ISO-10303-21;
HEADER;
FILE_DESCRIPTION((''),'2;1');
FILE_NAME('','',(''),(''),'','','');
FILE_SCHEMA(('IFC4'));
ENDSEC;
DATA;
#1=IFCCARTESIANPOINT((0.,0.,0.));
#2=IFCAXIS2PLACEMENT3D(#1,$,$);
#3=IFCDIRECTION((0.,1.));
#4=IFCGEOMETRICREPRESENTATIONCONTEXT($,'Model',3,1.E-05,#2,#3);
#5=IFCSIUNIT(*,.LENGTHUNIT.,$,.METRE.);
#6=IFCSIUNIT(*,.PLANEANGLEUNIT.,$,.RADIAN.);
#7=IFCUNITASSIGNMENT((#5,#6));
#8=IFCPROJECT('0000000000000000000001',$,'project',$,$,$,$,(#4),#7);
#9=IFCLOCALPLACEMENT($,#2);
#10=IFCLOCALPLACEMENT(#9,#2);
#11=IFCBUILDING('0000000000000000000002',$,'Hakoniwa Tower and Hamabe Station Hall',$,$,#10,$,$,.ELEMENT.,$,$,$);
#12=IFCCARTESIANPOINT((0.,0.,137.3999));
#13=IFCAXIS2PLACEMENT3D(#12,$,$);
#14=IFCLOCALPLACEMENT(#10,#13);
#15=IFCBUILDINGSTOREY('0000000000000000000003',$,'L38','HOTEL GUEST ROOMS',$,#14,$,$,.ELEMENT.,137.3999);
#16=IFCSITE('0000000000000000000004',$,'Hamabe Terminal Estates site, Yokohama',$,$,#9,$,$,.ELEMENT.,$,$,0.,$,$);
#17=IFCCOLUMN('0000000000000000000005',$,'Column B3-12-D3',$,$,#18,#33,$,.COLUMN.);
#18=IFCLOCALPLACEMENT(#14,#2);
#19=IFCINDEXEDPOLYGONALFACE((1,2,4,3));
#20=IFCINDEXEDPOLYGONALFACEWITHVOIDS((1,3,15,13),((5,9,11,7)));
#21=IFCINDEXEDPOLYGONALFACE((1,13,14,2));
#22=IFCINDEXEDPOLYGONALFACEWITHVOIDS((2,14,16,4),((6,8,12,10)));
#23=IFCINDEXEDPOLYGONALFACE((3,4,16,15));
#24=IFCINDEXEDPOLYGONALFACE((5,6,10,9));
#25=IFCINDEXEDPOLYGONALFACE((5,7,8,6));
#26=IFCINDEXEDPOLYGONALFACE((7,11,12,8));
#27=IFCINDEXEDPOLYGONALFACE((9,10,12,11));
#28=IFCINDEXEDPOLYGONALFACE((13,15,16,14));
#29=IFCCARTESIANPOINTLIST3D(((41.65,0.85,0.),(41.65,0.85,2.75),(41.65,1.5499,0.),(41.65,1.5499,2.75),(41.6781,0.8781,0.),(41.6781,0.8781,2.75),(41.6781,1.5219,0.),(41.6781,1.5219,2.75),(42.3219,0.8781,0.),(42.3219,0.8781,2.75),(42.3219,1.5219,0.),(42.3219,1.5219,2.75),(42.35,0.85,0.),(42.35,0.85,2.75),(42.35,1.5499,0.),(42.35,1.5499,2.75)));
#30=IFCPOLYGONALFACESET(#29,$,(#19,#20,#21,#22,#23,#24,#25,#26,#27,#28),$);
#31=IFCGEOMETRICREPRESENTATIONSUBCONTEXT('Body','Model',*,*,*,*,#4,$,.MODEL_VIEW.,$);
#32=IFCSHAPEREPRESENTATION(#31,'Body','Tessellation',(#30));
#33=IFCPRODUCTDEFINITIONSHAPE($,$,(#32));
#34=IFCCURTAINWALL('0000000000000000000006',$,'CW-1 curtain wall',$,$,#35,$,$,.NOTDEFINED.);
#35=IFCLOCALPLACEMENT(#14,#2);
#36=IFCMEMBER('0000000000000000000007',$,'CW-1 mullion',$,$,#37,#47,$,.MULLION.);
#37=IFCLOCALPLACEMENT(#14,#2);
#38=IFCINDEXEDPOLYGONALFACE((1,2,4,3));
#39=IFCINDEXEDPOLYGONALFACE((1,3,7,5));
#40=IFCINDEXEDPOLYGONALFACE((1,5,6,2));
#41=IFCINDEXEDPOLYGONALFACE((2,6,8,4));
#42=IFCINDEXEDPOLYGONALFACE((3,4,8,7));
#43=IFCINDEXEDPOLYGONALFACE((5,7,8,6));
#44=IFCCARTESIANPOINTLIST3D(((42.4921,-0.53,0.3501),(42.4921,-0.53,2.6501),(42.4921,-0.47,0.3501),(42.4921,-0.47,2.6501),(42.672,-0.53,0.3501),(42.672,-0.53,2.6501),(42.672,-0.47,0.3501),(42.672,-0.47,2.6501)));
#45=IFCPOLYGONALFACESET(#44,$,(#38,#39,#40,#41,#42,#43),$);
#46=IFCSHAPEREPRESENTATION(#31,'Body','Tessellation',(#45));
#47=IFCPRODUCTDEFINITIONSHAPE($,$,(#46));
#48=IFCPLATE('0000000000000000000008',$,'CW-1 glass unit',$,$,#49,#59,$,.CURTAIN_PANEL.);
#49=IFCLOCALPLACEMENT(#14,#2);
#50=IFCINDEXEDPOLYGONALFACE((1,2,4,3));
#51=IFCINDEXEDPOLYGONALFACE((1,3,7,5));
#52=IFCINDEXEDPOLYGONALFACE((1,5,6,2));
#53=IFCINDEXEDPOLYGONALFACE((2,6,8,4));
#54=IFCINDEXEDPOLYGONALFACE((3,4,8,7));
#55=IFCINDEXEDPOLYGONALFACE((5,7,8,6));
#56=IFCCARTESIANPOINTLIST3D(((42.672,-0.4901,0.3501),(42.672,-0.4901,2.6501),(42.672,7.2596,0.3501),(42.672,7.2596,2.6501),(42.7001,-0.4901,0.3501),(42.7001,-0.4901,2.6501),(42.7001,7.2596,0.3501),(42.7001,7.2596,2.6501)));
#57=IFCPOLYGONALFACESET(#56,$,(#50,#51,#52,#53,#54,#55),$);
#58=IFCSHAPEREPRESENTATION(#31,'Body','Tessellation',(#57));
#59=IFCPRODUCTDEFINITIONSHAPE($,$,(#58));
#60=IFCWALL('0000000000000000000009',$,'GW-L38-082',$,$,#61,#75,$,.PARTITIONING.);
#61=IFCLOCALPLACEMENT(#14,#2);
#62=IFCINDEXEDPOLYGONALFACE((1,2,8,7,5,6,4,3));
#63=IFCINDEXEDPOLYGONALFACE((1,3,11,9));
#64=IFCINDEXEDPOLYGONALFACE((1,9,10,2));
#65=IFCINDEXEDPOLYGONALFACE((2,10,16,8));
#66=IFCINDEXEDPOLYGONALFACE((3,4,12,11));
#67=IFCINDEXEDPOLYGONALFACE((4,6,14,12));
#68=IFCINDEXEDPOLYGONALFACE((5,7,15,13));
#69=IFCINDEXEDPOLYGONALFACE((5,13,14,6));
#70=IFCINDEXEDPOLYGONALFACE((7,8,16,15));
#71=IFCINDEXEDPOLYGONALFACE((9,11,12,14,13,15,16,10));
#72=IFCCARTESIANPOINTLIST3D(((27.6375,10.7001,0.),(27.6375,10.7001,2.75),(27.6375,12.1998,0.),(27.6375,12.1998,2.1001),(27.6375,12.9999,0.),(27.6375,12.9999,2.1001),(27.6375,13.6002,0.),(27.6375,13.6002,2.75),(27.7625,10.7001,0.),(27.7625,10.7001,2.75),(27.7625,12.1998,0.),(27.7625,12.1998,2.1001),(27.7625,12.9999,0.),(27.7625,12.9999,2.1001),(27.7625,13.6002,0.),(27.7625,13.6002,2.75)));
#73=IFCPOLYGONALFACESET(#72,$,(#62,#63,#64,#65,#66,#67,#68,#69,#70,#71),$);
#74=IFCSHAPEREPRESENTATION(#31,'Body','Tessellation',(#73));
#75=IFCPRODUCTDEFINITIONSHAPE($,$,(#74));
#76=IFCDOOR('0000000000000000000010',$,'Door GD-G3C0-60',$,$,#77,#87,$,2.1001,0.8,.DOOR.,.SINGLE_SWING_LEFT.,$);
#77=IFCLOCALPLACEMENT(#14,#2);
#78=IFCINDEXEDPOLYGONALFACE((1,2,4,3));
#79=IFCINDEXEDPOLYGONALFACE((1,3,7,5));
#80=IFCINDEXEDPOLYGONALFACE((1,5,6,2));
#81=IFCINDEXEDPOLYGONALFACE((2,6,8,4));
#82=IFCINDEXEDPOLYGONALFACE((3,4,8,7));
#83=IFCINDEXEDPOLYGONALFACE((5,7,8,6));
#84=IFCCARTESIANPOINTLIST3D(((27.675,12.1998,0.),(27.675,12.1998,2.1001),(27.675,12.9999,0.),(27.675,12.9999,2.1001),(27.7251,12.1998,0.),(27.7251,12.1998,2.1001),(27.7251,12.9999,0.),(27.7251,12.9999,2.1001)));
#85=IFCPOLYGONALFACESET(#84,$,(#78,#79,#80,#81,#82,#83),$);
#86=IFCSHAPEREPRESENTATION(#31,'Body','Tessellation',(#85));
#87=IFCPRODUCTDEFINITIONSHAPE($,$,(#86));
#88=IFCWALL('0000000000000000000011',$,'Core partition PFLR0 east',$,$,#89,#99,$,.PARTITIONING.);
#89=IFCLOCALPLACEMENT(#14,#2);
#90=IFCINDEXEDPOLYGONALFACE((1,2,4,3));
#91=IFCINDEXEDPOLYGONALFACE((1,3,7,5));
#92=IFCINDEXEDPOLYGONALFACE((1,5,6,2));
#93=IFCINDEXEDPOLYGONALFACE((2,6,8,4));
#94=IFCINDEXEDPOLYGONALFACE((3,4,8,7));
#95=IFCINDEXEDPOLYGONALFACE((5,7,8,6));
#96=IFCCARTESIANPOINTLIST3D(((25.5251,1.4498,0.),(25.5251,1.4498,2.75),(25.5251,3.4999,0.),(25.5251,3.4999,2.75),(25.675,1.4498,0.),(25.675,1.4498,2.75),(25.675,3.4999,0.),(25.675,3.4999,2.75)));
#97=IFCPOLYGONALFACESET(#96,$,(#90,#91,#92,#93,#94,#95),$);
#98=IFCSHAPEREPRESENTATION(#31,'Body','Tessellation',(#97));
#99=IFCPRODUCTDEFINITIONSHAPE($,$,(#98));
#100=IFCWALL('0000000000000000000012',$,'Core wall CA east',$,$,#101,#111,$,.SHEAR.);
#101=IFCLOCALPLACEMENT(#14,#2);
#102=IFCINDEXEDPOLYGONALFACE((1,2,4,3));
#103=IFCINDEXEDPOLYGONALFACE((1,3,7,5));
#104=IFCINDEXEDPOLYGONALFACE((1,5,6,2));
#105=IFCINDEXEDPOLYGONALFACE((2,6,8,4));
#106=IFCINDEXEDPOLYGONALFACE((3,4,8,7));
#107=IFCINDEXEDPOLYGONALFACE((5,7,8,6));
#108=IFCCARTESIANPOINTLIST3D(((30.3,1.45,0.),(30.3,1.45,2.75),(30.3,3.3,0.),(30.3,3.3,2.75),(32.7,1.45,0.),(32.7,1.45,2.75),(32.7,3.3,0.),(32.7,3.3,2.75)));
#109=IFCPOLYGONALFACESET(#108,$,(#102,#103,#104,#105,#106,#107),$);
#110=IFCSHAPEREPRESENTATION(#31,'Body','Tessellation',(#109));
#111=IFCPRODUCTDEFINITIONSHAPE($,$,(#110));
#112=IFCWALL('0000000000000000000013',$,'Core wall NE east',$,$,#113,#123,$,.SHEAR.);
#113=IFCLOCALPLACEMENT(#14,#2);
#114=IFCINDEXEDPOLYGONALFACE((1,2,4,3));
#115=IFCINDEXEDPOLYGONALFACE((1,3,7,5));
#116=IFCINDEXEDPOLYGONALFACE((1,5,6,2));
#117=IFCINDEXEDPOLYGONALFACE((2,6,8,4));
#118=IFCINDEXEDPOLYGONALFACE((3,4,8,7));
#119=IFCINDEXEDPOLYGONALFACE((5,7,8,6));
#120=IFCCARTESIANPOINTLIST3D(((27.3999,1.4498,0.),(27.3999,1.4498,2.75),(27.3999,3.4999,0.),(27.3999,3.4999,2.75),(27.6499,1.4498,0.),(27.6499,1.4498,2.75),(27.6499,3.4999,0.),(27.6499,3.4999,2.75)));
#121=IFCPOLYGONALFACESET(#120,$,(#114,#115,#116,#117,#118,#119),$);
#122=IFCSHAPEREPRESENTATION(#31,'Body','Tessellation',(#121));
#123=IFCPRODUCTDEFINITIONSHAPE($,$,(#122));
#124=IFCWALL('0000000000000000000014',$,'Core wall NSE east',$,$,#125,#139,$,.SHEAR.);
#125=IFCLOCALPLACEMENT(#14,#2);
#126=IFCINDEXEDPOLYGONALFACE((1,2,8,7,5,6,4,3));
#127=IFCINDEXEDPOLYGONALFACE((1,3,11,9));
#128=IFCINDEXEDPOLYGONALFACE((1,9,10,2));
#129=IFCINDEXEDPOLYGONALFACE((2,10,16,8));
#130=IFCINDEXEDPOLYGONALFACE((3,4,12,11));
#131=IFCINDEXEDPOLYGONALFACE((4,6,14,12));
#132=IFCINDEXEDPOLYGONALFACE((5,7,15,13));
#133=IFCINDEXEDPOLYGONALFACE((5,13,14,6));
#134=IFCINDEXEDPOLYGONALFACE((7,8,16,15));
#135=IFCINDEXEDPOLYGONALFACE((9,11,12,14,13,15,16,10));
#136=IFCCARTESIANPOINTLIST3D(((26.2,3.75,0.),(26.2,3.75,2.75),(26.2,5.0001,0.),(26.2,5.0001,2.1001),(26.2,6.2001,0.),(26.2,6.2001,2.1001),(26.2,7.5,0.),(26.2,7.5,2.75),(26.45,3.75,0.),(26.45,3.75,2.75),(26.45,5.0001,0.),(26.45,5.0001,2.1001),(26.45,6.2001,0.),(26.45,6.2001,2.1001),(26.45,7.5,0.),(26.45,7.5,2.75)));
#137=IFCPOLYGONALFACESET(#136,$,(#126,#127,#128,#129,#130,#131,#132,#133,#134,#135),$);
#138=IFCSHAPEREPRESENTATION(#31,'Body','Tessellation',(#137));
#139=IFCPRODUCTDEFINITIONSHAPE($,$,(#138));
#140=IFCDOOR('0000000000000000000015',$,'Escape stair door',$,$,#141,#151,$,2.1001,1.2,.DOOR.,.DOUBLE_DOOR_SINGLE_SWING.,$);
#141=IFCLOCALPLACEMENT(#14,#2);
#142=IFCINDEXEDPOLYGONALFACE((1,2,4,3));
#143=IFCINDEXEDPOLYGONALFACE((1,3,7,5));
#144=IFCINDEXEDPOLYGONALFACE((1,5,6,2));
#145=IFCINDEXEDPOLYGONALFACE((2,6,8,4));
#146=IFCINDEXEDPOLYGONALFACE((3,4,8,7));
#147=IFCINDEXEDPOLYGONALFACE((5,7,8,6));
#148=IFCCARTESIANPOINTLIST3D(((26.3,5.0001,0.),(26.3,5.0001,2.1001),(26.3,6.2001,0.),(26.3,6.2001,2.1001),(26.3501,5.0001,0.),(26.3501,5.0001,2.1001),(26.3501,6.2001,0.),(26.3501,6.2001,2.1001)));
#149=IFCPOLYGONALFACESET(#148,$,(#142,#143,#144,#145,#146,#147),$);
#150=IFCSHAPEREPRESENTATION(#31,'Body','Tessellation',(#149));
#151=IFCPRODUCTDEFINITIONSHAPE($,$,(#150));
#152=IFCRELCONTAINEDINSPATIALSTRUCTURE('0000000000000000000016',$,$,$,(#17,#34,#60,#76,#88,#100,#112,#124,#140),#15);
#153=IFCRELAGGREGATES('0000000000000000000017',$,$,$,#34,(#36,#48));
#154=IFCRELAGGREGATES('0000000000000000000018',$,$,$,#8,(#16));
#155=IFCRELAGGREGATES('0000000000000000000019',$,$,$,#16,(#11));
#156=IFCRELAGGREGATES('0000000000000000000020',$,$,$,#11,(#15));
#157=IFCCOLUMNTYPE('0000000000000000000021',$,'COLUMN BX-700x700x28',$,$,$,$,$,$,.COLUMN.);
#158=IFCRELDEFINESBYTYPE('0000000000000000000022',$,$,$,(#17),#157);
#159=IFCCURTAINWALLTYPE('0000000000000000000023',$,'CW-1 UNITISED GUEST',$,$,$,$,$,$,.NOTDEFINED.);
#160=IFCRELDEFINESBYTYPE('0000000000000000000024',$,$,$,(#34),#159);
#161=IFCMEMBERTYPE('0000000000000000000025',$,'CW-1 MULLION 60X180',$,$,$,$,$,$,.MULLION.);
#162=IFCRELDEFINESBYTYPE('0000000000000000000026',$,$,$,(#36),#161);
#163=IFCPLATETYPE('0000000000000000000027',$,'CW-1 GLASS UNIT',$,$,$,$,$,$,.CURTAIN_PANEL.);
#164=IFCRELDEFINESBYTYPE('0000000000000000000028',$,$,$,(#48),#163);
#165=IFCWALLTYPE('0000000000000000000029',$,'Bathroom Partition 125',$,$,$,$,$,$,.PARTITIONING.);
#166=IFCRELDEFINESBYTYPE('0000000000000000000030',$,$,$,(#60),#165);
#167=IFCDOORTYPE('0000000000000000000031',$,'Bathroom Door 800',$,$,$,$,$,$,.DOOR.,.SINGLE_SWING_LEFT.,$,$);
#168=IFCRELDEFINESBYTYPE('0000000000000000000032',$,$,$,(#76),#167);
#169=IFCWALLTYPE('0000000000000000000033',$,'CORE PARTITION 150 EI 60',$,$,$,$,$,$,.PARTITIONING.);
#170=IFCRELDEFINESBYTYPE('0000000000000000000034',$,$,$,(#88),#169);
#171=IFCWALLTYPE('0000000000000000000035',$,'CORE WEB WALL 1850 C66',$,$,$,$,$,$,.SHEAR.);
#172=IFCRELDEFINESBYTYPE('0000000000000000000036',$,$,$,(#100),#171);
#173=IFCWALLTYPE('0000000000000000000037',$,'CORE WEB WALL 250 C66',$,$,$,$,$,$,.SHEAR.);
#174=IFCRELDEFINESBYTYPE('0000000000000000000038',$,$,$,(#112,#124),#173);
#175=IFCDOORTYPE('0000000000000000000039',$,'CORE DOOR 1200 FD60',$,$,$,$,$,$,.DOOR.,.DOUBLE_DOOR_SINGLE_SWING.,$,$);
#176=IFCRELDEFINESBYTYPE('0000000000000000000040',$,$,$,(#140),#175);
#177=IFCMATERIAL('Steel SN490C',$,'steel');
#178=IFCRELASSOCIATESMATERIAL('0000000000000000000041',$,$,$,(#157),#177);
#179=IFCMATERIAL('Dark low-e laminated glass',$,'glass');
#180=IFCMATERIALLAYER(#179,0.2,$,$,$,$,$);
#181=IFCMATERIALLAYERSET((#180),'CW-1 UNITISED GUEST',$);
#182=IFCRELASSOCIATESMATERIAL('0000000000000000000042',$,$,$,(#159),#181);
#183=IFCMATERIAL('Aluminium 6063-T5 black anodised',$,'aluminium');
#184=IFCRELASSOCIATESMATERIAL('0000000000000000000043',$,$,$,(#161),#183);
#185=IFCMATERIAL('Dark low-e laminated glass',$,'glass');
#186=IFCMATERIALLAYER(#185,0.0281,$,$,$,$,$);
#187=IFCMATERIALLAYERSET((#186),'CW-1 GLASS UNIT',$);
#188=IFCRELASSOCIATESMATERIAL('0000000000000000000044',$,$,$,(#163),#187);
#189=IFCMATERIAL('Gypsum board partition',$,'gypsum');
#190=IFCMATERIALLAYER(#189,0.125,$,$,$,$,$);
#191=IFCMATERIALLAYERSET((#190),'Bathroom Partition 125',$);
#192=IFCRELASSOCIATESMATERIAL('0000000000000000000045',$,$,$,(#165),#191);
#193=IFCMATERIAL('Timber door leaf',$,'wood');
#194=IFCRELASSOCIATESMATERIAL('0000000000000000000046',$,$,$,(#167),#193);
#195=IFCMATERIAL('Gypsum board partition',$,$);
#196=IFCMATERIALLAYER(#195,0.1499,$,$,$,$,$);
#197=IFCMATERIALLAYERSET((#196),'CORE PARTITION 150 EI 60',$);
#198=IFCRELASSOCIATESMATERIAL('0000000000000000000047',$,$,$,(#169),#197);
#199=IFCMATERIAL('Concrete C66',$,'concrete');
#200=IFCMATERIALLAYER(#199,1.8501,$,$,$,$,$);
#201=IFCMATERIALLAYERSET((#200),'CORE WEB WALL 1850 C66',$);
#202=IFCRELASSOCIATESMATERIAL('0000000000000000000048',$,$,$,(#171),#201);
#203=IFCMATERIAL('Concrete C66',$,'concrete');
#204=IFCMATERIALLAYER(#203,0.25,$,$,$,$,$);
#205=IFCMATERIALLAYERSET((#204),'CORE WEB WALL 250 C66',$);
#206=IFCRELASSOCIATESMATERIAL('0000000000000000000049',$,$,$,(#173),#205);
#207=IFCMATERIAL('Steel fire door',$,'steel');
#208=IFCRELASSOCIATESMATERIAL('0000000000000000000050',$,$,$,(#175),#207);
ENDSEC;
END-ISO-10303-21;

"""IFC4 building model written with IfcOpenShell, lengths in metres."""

from ifc_helpers import new_model, si_unit, direction, frame, frame_2d, origin, origin_2d, place, context, subcontext, project, spatial, rectangle, hollow_rectangle, extrude, material, layer, layer_set, material_profile, profile_set, type_object, element, fill, aggregate, save


model = new_model("IFC4")

# Units and contexts
model_context = context("Model", 3, precision=1e-05, world=origin(), true_north=direction((0.0, 1.0)))
body_context = subcontext(model_context, "Body", "Model", "MODEL_VIEW")
ifc_project = project(units=[si_unit("LENGTHUNIT", "METRE"), si_unit("PLANEANGLEUNIT", "RADIAN")], contexts=[model_context])

# Site, building, storey
site_placement = place(None, origin())
site = spatial("IfcSite", under=ifc_project, at=site_placement, Name="Hamabe Terminal Estates site, Yokohama", CompositionType="ELEMENT", RefElevation=0.0)
building_placement = place(site_placement, origin())
building = spatial("IfcBuilding", under=site, at=building_placement, Name="Hakoniwa Tower and Hamabe Station Hall", CompositionType="ELEMENT")
storey_placement = place(building_placement, frame((0.0, 0.0, 137.3999)))
storey = spatial("IfcBuildingStorey", under=building, at=storey_placement, Name="L38", Description="HOTEL GUEST ROOMS", CompositionType="ELEMENT", Elevation=137.3999)

# Column
ifc_material_1 = material(Name="Steel SN490C", Category="steel")
ifc_material_profile_1 = material_profile(ifc_material_1, hollow_rectangle(XDim=0.7, YDim=0.7, WallThickness=0.0281, at=origin_2d()), Name="BX-700x700x28")
ifc_profile_set_1 = profile_set([ifc_material_profile_1], Name="Steel SN490C")
column_type = type_object("IfcColumnType", Name="COLUMN BX-700x700x28", PredefinedType="COLUMN", material=ifc_profile_set_1)
column_placement = place(storey_placement, frame((42.0, 1.2, 0.0), z_axis=(0.0, 0.0, 1.0), x_axis=(1.0, 0.0, 0.0)))
element("IfcColumn", 1, at=column_placement, inside=storey, type_object=column_type, Name="Column B3-12-D3", PredefinedType="COLUMN", context=body_context, shape_type="SweptSolid", body=[
    extrude(hollow_rectangle(XDim=0.7, YDim=0.7, WallThickness=0.0281, at=origin_2d()), origin(), (0.0, 0.0, 1.0), 2.75),
])

# Curtain wall, member, plate
ifc_material_2 = material(Name="Dark low-e laminated glass", Category="glass")
ifc_layer_1 = layer(ifc_material_2, 0.2)
ifc_layer_set_1 = layer_set([ifc_layer_1], Name="CW-1 UNITISED GUEST")
curtain_wall_type = type_object("IfcCurtainWallType", Name="CW-1 UNITISED GUEST", PredefinedType="NOTDEFINED", material=ifc_layer_set_1)
curtain_wall_placement = place(storey_placement, origin())
curtain_wall = element("IfcCurtainWall", 2, at=curtain_wall_placement, inside=storey, type_object=curtain_wall_type, Name="CW-1 curtain wall", PredefinedType="NOTDEFINED")
ifc_material_3 = material(Name="Aluminium 6063-T5 black anodised", Category="aluminium")
ifc_material_profile_2 = material_profile(ifc_material_3, rectangle(XDim=0.0601, YDim=0.1799, at=origin_2d()), Name="CW-1 MULLION 60X180")
ifc_profile_set_2 = profile_set([ifc_material_profile_2], Name="Aluminium 6063-T5 black anodised")
member_type = type_object("IfcMemberType", Name="CW-1 MULLION 60X180", PredefinedType="MULLION", material=ifc_profile_set_2)
member_placement = place(storey_placement, frame((42.582, -0.5, 0.3501), z_axis=(0.0, 0.0, 1.0), x_axis=(0.0, 1.0, 0.0)))
member = element("IfcMember", 3, at=member_placement, type_object=member_type, Name="CW-1 mullion", PredefinedType="MULLION", context=body_context, shape_type="SweptSolid", body=[
    extrude(rectangle(XDim=0.0601, YDim=0.1799, at=origin_2d()), origin(), (0.0, 0.0, 1.0), 2.3),
])
ifc_material_4 = material(Name="Dark low-e laminated glass", Category="glass")
ifc_layer_2 = layer(ifc_material_4, 0.0281)
ifc_layer_set_2 = layer_set([ifc_layer_2], Name="CW-1 GLASS UNIT")
plate_type = type_object("IfcPlateType", Name="CW-1 GLASS UNIT", PredefinedType="CURTAIN_PANEL", material=ifc_layer_set_2)
plate_placement = place(storey_placement, frame((42.686, 3.3848, 0.3501), z_axis=(0.0, 0.0, 1.0), x_axis=(0.0, 1.0, 0.0)))
plate = element("IfcPlate", 4, at=plate_placement, type_object=plate_type, Name="CW-1 glass unit", PredefinedType="CURTAIN_PANEL", context=body_context, shape_type="SweptSolid", body=[
    extrude(rectangle(XDim=7.7498, YDim=0.0281, at=origin_2d()), origin(), (0.0, 0.0, 1.0), 2.3),
])
aggregate(curtain_wall, [member, plate])

# Wall, opening, door
ifc_material_5 = material(Name="Gypsum board partition", Category="gypsum")
ifc_layer_3 = layer(ifc_material_5, 0.125)
ifc_layer_set_3 = layer_set([ifc_layer_3], Name="Bathroom Partition 125")
wall_type_1 = type_object("IfcWallType", Name="Bathroom Partition 125", PredefinedType="PARTITIONING", material=ifc_layer_set_3)
wall_1_placement = place(storey_placement, frame((27.7, 10.7, 0.0), z_axis=(0.0, 0.0, 1.0), x_axis=(0.0, 1.0, 0.0)))
wall_1 = element("IfcWall", 5, at=wall_1_placement, inside=storey, type_object=wall_type_1, Name="GW-L38-082", PredefinedType="PARTITIONING", context=body_context, shape_type="SweptSolid", body=[
    extrude(rectangle(XDim=2.9001, YDim=0.125, at=frame_2d((1.4502, 0.0))), origin(), (0.0, 0.0, 1.0), 2.75),
])
opening_1_placement = place(wall_1_placement, frame((1.5, 0.0, 0.0)))
opening_1 = element("IfcOpeningElement", 6, at=opening_1_placement, cuts=wall_1, PredefinedType="OPENING", context=body_context, shape_type="SweptSolid", body=[
    extrude(rectangle(XDim=0.8, YDim=2.1001, at=frame_2d((0.3999, 1.05))), frame((0.0, 0.0725, 0.0), z_axis=(0.0, -1.0, 0.0), x_axis=(1.0, 0.0, 0.0)), (0.0, 0.0, 1.0), 0.145),
])
ifc_material_6 = material(Name="Timber door leaf", Category="wood")
door_type_1 = type_object("IfcDoorType", Name="Bathroom Door 800", OperationType="SINGLE_SWING_LEFT", PredefinedType="DOOR", material=ifc_material_6)
door_1_placement = place(opening_1_placement, origin())
door_1 = element("IfcDoor", 7, at=door_1_placement, inside=storey, type_object=door_type_1, Name="Door GD-G3C0-60", OperationType="SINGLE_SWING_LEFT", OverallHeight=2.1001, OverallWidth=0.8, PredefinedType="DOOR", context=body_context, shape_type="SweptSolid", body=[
    extrude(rectangle(XDim=0.8, YDim=2.1001, at=frame_2d((0.3999, 1.05))), frame((0.0, 0.0249, 0.0), z_axis=(0.0, -1.0, 0.0), x_axis=(1.0, 0.0, 0.0)), (0.0, 0.0, 1.0), 0.05),
])
fill(opening_1, door_1)

# Walls
ifc_material_7 = material(Name="Gypsum board partition")
ifc_layer_4 = layer(ifc_material_7, 0.1499)
ifc_layer_set_4 = layer_set([ifc_layer_4], Name="CORE PARTITION 150 EI 60")
wall_type_2 = type_object("IfcWallType", Name="CORE PARTITION 150 EI 60", PredefinedType="PARTITIONING", material=ifc_layer_set_4)
wall_2_placement = place(storey_placement, frame((25.6001, 1.45, 0.0), z_axis=(0.0, 0.0, 1.0), x_axis=(0.0, 1.0, 0.0)))
element("IfcWall", 8, at=wall_2_placement, inside=storey, type_object=wall_type_2, Name="Core partition PFLR0 east", PredefinedType="PARTITIONING", context=body_context, shape_type="SweptSolid", body=[
    extrude(rectangle(XDim=2.05, YDim=0.1499, at=frame_2d((1.0249, 0.0))), origin(), (0.0, 0.0, 1.0), 2.75),
])
ifc_material_8 = material(Name="Concrete C66", Category="concrete")
ifc_layer_5 = layer(ifc_material_8, 1.8501)
ifc_layer_set_5 = layer_set([ifc_layer_5], Name="CORE WEB WALL 1850 C66")
wall_type_3 = type_object("IfcWallType", Name="CORE WEB WALL 1850 C66", PredefinedType="SHEAR", material=ifc_layer_set_5)
wall_3_placement = place(storey_placement, frame((30.3, 2.375, 0.0), z_axis=(0.0, 0.0, 1.0), x_axis=(1.0, 0.0, 0.0)))
element("IfcWall", 9, at=wall_3_placement, inside=storey, type_object=wall_type_3, Name="Core wall CA east", PredefinedType="SHEAR", context=body_context, shape_type="SweptSolid", body=[
    extrude(rectangle(XDim=2.3999, YDim=1.8501, at=frame_2d((1.2, 0.0))), origin(), (0.0, 0.0, 1.0), 2.75),
])
ifc_material_9 = material(Name="Concrete C66", Category="concrete")
ifc_layer_6 = layer(ifc_material_9, 0.25)
ifc_layer_set_6 = layer_set([ifc_layer_6], Name="CORE WEB WALL 250 C66")
wall_type_4 = type_object("IfcWallType", Name="CORE WEB WALL 250 C66", PredefinedType="SHEAR", material=ifc_layer_set_6)
wall_4_placement = place(storey_placement, frame((27.5249, 1.45, 0.0), z_axis=(0.0, 0.0, 1.0), x_axis=(0.0, 1.0, 0.0)))
element("IfcWall", 10, at=wall_4_placement, inside=storey, type_object=wall_type_4, Name="Core wall NE east", PredefinedType="SHEAR", context=body_context, shape_type="SweptSolid", body=[
    extrude(rectangle(XDim=2.05, YDim=0.25, at=frame_2d((1.0249, 0.0))), origin(), (0.0, 0.0, 1.0), 2.75),
])

# Wall, opening, door
wall_5_placement = place(storey_placement, frame((26.325, 3.75, 0.0), z_axis=(0.0, 0.0, 1.0), x_axis=(0.0, 1.0, 0.0)))
wall_5 = element("IfcWall", 11, at=wall_5_placement, inside=storey, type_object=wall_type_4, Name="Core wall NSE east", PredefinedType="SHEAR", context=body_context, shape_type="SweptSolid", body=[
    extrude(rectangle(XDim=3.75, YDim=0.25, at=frame_2d((1.875, 0.0))), origin(), (0.0, 0.0, 1.0), 2.75),
])
opening_2_placement = place(wall_5_placement, frame((1.25, 0.0, 0.0)))
opening_2 = element("IfcOpeningElement", 12, at=opening_2_placement, cuts=wall_5, PredefinedType="OPENING", context=body_context, shape_type="SweptSolid", body=[
    extrude(rectangle(XDim=1.2, YDim=2.1001, at=frame_2d((0.6001, 1.05))), frame((0.0, 0.135, 0.0), z_axis=(0.0, -1.0, 0.0), x_axis=(1.0, 0.0, 0.0)), (0.0, 0.0, 1.0), 0.27),
])
ifc_material_10 = material(Name="Steel fire door", Category="steel")
door_type_2 = type_object("IfcDoorType", Name="CORE DOOR 1200 FD60", OperationType="DOUBLE_DOOR_SINGLE_SWING", PredefinedType="DOOR", material=ifc_material_10)
door_2_placement = place(opening_2_placement, origin())
door_2 = element("IfcDoor", 13, at=door_2_placement, inside=storey, type_object=door_type_2, Name="Escape stair door", OperationType="DOUBLE_DOOR_SINGLE_SWING", OverallHeight=2.1001, OverallWidth=1.2, PredefinedType="DOOR", context=body_context, shape_type="SweptSolid", body=[
    extrude(rectangle(XDim=1.2, YDim=2.1001, at=frame_2d((0.6001, 1.05))), frame((0.0, 0.0249, 0.0), z_axis=(0.0, -1.0, 0.0), x_axis=(1.0, 0.0, 0.0)), (0.0, 0.0, 1.0), 0.05),
])
fill(opening_2, door_2)

save(model, "model.ifc")
